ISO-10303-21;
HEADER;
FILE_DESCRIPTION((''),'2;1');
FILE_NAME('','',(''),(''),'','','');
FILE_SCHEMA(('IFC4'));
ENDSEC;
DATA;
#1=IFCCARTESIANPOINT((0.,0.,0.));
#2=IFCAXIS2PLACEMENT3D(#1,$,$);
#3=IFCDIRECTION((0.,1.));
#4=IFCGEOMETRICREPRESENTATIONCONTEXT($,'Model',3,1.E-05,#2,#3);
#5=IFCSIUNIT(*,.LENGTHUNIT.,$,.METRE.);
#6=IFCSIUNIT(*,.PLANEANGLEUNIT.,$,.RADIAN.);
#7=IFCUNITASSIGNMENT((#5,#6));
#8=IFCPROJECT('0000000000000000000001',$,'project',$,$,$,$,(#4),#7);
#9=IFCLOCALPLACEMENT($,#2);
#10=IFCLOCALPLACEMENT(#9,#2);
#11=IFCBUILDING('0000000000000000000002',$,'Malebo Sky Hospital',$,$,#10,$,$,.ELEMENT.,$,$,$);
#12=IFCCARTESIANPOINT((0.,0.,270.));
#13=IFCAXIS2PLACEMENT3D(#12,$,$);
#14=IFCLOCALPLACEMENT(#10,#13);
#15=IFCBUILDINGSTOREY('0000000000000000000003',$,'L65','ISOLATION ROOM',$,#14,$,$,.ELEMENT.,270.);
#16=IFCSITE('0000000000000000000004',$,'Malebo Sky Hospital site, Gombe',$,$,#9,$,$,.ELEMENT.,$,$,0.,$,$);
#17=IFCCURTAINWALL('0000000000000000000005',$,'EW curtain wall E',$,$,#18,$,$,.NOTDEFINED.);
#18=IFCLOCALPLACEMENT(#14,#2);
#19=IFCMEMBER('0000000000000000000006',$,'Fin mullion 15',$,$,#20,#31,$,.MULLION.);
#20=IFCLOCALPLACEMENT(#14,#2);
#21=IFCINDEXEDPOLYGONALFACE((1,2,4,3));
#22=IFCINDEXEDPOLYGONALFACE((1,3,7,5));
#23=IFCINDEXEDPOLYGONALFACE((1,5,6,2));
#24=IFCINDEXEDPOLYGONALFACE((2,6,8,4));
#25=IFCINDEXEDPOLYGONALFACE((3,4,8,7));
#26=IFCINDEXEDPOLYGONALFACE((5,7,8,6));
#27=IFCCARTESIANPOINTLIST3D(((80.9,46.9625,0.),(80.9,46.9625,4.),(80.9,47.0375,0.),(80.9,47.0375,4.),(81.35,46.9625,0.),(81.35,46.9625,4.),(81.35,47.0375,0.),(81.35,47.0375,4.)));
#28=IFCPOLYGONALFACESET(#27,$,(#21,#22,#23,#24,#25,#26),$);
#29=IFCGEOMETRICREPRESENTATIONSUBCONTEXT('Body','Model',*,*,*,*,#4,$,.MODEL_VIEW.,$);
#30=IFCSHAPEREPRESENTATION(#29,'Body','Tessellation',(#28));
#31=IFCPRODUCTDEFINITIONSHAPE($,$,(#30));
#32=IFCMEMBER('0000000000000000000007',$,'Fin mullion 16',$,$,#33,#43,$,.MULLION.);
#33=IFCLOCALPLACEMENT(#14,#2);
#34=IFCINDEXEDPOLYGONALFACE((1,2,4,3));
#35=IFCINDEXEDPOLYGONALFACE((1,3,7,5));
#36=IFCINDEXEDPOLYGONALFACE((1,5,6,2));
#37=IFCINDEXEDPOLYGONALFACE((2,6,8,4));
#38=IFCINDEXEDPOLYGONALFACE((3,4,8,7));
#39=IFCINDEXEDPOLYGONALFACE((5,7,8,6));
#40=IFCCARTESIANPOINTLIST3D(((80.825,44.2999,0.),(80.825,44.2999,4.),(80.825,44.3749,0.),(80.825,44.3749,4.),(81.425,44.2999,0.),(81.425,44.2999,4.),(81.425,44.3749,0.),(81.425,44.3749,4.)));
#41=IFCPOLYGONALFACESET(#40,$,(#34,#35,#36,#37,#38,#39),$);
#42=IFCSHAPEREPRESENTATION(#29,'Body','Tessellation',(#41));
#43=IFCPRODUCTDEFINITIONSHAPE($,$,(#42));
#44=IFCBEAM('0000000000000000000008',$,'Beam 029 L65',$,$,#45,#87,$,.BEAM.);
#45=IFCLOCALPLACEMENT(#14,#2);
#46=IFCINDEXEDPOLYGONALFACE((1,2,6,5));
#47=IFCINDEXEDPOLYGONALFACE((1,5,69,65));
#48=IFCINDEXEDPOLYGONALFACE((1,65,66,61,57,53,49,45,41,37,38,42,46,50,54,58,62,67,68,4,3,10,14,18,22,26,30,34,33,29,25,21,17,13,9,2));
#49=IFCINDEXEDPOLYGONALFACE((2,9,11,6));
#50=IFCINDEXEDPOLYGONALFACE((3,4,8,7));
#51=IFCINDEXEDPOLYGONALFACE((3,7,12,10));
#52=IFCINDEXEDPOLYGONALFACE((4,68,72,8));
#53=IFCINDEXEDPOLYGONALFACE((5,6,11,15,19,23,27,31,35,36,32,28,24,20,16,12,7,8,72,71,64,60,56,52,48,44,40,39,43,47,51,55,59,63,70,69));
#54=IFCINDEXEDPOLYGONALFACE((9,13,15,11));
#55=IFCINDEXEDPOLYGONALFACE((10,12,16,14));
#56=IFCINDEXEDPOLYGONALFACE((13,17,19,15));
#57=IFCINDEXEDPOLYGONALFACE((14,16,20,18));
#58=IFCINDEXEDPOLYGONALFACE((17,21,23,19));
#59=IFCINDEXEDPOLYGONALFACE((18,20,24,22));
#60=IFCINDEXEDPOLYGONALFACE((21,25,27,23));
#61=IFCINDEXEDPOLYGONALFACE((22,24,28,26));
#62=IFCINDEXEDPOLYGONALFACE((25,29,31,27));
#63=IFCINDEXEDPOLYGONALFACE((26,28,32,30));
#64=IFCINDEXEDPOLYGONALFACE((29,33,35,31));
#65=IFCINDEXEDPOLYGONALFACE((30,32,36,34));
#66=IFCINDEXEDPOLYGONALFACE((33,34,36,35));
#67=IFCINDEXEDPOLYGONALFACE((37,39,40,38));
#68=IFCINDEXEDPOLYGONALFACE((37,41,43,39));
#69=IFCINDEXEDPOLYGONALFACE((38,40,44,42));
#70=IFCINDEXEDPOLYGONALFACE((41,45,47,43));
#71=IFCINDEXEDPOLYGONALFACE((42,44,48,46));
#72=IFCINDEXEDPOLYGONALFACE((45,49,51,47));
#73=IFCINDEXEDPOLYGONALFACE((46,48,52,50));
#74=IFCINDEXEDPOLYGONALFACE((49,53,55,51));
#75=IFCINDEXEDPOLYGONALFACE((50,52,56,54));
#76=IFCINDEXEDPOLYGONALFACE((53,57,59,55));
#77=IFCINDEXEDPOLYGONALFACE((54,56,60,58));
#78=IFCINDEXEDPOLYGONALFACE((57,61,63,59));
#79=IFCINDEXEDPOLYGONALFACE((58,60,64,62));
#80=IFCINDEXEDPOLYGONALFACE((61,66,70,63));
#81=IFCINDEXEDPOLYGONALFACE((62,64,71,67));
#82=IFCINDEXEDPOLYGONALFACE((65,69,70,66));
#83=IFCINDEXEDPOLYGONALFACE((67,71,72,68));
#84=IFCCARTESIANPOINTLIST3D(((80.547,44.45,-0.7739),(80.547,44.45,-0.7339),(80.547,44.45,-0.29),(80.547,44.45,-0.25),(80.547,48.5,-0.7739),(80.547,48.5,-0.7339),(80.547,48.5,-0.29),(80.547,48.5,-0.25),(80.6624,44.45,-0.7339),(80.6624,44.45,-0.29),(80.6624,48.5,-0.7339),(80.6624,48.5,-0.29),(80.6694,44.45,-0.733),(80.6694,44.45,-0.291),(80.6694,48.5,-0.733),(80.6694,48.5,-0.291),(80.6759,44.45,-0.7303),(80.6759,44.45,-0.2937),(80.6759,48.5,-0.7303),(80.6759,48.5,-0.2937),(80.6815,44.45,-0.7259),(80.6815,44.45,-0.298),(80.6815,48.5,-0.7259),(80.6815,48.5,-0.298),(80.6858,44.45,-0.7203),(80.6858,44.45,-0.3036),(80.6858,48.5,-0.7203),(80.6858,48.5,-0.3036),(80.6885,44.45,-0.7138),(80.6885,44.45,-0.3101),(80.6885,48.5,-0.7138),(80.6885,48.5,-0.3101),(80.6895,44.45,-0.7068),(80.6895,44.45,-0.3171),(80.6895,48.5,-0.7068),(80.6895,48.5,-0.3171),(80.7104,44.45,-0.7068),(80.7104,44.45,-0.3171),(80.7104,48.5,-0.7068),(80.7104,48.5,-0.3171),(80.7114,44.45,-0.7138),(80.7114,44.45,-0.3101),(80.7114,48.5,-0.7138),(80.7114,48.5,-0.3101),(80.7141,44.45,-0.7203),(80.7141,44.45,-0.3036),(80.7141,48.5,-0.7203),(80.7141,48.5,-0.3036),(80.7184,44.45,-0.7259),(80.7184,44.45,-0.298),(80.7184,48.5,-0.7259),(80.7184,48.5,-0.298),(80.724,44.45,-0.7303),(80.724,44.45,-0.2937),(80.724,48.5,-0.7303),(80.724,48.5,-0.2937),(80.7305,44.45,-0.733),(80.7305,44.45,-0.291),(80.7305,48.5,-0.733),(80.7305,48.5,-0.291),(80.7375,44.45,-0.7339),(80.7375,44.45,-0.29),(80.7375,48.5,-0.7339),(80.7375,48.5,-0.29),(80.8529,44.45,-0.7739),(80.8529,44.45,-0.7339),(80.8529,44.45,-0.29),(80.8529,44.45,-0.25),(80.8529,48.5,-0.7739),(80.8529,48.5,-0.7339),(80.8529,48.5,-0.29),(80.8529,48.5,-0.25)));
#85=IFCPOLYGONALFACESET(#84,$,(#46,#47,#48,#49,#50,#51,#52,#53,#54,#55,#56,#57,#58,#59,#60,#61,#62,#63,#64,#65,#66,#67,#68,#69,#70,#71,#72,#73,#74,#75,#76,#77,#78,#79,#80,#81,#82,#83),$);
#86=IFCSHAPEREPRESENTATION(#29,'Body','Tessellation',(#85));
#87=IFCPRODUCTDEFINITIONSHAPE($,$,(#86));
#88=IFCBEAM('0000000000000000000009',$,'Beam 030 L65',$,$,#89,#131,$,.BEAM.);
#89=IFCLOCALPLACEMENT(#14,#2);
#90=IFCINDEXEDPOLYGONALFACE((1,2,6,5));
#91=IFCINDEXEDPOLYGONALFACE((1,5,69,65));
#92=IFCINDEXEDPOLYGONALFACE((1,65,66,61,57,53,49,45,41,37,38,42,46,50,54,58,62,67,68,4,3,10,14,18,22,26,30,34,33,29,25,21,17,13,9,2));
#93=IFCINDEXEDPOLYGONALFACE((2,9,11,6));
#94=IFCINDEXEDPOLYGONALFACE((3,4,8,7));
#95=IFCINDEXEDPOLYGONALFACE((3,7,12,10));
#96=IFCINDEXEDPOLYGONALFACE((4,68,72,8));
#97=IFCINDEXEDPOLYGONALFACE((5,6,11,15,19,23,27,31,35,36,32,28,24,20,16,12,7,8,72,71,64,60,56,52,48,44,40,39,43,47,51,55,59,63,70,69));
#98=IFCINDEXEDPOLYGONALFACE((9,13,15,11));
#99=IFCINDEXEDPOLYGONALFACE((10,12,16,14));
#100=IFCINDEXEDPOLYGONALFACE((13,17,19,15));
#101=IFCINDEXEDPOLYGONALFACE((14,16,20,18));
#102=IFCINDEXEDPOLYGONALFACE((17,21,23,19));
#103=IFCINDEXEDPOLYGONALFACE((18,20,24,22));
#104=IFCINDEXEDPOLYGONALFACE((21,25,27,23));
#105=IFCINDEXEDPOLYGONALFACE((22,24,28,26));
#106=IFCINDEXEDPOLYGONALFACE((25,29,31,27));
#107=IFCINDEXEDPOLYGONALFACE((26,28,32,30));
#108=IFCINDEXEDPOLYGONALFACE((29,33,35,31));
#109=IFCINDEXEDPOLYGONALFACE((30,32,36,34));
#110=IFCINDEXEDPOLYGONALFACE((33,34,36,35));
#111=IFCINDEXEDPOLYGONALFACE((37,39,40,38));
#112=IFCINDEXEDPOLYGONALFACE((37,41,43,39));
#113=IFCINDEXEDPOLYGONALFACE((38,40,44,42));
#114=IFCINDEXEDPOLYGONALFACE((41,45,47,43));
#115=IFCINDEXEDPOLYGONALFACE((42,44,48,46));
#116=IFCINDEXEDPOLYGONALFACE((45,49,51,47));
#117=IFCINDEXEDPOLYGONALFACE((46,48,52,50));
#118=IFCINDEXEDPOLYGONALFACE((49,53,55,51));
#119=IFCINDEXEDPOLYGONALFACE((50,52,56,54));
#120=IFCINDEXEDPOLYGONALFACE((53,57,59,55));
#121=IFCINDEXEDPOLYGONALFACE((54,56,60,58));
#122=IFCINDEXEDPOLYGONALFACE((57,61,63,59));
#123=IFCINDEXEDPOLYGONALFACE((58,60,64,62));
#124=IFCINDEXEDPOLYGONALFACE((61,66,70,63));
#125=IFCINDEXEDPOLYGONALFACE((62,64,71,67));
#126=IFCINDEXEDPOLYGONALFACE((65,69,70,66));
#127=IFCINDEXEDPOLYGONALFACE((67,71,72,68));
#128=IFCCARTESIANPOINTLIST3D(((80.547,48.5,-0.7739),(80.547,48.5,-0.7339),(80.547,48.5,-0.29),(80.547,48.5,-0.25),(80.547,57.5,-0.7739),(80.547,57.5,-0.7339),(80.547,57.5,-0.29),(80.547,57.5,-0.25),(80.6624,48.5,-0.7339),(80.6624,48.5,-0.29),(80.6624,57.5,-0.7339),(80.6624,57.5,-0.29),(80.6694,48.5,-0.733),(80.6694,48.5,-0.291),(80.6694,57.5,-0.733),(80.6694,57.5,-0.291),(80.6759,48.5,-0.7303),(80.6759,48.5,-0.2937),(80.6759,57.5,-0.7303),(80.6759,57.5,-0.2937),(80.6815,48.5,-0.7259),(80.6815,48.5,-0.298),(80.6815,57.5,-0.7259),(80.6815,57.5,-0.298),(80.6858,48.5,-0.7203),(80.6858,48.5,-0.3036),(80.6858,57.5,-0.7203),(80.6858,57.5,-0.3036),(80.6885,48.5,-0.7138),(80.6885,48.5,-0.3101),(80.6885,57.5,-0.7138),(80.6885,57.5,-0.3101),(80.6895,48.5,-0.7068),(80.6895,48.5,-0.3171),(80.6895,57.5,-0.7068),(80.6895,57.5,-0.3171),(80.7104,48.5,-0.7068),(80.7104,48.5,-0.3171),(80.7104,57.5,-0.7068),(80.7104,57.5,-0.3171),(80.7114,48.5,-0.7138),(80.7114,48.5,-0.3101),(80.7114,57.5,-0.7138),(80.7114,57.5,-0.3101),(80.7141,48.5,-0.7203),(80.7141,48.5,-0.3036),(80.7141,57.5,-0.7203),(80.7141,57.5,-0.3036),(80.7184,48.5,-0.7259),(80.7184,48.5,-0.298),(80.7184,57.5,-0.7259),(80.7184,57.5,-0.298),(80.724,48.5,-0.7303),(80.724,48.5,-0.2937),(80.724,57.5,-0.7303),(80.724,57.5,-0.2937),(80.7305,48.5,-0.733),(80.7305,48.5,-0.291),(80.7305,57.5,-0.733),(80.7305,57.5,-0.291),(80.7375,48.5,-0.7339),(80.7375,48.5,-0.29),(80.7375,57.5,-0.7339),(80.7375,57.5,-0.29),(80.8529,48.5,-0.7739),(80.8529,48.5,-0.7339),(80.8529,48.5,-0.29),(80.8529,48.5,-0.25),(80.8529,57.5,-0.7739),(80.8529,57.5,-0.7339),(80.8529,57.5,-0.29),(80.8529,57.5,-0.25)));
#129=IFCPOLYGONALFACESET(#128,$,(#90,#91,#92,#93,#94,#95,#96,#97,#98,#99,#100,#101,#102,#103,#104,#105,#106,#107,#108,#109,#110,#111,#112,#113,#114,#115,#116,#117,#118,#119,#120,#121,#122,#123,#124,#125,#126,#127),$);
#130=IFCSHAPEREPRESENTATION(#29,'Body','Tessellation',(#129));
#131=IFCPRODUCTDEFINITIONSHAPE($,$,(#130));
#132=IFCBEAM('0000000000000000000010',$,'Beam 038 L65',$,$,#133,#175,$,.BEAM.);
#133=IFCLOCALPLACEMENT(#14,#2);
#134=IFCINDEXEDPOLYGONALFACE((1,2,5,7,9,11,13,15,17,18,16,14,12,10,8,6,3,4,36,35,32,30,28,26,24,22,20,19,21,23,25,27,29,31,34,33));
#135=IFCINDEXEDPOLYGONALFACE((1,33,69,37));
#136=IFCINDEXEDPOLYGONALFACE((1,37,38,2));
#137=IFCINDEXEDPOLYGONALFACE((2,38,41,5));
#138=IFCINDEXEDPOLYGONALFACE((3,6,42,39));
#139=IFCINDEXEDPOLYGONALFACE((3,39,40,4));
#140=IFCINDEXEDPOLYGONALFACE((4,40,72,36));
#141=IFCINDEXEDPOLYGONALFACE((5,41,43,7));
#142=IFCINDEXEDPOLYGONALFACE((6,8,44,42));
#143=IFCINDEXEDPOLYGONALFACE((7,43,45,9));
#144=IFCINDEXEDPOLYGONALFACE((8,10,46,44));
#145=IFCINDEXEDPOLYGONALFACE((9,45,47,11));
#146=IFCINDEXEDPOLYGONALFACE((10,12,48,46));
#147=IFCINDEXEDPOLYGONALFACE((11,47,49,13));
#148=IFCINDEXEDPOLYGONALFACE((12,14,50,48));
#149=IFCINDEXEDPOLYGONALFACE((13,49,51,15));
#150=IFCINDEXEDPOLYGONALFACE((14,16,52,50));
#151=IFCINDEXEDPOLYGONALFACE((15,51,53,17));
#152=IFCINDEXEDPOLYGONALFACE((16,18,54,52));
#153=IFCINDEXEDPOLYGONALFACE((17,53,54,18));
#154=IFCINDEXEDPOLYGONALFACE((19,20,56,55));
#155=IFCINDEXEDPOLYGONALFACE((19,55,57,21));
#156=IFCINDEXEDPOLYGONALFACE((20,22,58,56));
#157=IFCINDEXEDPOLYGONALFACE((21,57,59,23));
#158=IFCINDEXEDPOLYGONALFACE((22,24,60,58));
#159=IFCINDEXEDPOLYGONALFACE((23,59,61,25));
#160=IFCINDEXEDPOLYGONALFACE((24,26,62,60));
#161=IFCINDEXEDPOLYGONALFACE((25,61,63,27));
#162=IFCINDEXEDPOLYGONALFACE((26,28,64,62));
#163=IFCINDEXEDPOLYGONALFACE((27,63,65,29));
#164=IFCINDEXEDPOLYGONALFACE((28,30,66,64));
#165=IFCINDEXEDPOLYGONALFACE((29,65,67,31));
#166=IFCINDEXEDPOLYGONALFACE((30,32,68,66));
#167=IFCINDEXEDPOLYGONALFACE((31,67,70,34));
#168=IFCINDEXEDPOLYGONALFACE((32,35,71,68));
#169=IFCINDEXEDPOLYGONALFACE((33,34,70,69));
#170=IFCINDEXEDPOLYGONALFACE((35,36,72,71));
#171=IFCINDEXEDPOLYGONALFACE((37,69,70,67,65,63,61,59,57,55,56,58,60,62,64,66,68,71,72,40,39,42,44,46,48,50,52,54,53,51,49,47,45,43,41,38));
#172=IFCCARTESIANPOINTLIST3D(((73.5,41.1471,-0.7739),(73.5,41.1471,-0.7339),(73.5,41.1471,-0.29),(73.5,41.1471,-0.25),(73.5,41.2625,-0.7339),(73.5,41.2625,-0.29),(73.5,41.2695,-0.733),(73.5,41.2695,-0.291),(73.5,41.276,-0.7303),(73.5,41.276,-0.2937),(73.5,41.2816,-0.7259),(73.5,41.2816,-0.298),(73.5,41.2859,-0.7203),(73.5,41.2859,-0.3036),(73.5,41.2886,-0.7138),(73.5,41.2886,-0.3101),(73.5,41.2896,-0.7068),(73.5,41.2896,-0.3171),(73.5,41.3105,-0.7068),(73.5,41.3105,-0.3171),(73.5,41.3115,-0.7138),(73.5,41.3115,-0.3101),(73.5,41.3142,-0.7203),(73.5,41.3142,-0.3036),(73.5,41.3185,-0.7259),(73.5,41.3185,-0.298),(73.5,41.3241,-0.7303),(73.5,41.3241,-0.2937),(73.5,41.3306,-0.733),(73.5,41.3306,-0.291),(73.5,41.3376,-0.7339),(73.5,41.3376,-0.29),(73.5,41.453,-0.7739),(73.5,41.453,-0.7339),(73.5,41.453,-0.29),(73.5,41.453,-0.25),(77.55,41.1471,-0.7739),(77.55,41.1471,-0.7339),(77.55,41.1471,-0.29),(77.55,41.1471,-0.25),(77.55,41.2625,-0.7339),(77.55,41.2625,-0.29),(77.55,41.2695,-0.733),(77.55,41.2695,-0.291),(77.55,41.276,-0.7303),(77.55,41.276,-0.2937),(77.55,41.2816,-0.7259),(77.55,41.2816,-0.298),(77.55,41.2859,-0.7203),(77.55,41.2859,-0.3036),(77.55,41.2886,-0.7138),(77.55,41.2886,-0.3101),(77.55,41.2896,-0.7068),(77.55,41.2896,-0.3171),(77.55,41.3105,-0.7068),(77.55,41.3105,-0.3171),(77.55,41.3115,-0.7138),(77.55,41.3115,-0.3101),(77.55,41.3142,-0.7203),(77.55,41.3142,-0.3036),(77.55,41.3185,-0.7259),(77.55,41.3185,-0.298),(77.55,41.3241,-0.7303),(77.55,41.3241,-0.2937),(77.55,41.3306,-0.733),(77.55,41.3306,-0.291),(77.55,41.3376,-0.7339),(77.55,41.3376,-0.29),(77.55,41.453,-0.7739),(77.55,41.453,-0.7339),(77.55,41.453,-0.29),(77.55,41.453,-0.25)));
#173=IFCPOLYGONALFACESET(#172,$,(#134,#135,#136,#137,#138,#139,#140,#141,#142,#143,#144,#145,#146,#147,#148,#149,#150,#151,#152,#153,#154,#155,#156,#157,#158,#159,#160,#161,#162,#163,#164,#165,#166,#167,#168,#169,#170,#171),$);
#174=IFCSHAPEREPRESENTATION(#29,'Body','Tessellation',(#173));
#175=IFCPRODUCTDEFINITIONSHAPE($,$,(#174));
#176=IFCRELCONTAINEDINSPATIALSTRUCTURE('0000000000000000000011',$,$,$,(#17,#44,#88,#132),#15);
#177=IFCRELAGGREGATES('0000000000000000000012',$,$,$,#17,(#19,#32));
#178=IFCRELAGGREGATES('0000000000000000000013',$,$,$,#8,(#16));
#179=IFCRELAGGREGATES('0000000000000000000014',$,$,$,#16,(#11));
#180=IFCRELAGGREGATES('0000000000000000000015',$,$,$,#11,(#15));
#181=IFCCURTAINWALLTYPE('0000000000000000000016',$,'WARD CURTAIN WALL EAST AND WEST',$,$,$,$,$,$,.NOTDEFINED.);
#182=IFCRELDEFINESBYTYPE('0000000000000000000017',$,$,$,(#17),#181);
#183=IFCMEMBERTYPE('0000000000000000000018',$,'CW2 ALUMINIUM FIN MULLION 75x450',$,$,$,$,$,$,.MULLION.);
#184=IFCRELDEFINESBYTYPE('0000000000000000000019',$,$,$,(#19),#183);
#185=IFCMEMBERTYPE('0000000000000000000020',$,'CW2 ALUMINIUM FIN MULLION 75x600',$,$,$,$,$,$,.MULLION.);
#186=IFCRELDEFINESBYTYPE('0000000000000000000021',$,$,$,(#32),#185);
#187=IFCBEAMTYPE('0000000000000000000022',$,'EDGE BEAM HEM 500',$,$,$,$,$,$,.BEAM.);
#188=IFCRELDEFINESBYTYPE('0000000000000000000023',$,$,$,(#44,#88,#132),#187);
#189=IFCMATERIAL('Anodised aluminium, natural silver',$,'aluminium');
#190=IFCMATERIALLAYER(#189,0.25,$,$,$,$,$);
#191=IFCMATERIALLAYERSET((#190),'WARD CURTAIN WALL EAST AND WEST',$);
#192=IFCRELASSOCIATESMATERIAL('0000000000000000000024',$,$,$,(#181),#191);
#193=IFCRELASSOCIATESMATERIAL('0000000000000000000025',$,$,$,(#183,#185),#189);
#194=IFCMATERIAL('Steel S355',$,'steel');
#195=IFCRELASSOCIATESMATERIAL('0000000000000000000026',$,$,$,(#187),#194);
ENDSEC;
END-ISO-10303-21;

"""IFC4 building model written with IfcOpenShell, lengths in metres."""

from ifc_helpers import new_model, si_unit, direction, frame, origin, origin_2d, place, context, subcontext, project, spatial, rectangle, i_section, extrude, material, layer, layer_set, material_profile, profile_set, type_object, element, aggregate, save


model = new_model("IFC4")

# Units and contexts
model_context = context("Model", 3, precision=1e-05, world=origin(), true_north=direction((0.0, 1.0)))
body_context = subcontext(model_context, "Body", "Model", "MODEL_VIEW")
ifc_project = project(units=[si_unit("LENGTHUNIT", "METRE"), si_unit("PLANEANGLEUNIT", "RADIAN")], contexts=[model_context])

# Site, building, storey
site_placement = place(None, origin())
site = spatial("IfcSite", under=ifc_project, at=site_placement, Name="Malebo Sky Hospital site, Gombe", CompositionType="ELEMENT", RefElevation=0.0)
building_placement = place(site_placement, origin())
building = spatial("IfcBuilding", under=site, at=building_placement, Name="Malebo Sky Hospital", CompositionType="ELEMENT")
storey_placement = place(building_placement, frame((0.0, 0.0, 270.0)))
storey = spatial("IfcBuildingStorey", under=building, at=storey_placement, Name="L65", Description="ISOLATION ROOM", CompositionType="ELEMENT", Elevation=270.0)

# Curtain wall
ifc_material_1 = material(Name="Anodised aluminium, natural silver", Category="aluminium")
ifc_layer_1 = layer(ifc_material_1, 0.25)
ifc_layer_set_1 = layer_set([ifc_layer_1], Name="WARD CURTAIN WALL EAST AND WEST")
curtain_wall_type_1 = type_object("IfcCurtainWallType", Name="WARD CURTAIN WALL EAST AND WEST", PredefinedType="NOTDEFINED", material=ifc_layer_set_1)
curtain_wall_1_placement = place(storey_placement, origin())
curtain_wall_1 = element("IfcCurtainWall", 1, at=curtain_wall_1_placement, inside=storey, type_object=curtain_wall_type_1, Name="EW curtain wall E", PredefinedType="NOTDEFINED")

# Members
ifc_material_profile_1 = material_profile(ifc_material_1, rectangle(XDim=0.075, YDim=0.45, at=origin_2d()), Name="CW2 ALUMINIUM FIN MULLION 75x450")
ifc_profile_set_1 = profile_set([ifc_material_profile_1], Name="Anodised aluminium, natural silver")
member_type_1 = type_object("IfcMemberType", Name="CW2 ALUMINIUM FIN MULLION 75x450", PredefinedType="MULLION", material=ifc_profile_set_1)
member_1_placement = place(storey_placement, frame((81.125, 47.0, 0.0), z_axis=(0.0, 0.0, 1.0), x_axis=(0.0, -1.0, 0.0)))
member_1 = element("IfcMember", 2, at=member_1_placement, type_object=member_type_1, Name="Fin mullion 15", PredefinedType="MULLION", context=body_context, shape_type="SweptSolid", body=[
    extrude(rectangle(XDim=0.075, YDim=0.45, at=origin_2d()), origin(), (0.0, 0.0, 1.0), 4.0),
])
ifc_material_profile_2 = material_profile(ifc_material_1, rectangle(XDim=0.075, YDim=0.6001, at=origin_2d()), Name="CW2 ALUMINIUM FIN MULLION 75x600")
ifc_profile_set_2 = profile_set([ifc_material_profile_2], Name="Anodised aluminium, natural silver")
member_type_2 = type_object("IfcMemberType", Name="CW2 ALUMINIUM FIN MULLION 75x600", PredefinedType="MULLION", material=ifc_profile_set_2)
member_2_placement = place(storey_placement, frame((81.125, 44.3374, 0.0), z_axis=(0.0, 0.0, 1.0), x_axis=(0.0, -1.0, 0.0)))
member_2 = element("IfcMember", 3, at=member_2_placement, type_object=member_type_2, Name="Fin mullion 16", PredefinedType="MULLION", context=body_context, shape_type="SweptSolid", body=[
    extrude(rectangle(XDim=0.075, YDim=0.6001, at=origin_2d()), origin(), (0.0, 0.0, 1.0), 4.0),
])

# Beams
ifc_material_2 = material(Name="Steel S355", Category="steel")
ifc_material_profile_3 = material_profile(ifc_material_2, i_section(OverallWidth=0.3059, OverallDepth=0.5239, WebThickness=0.021, FlangeThickness=0.04, FilletRadius=0.0271, at=origin_2d()), Name="HEM 500")
ifc_profile_set_3 = profile_set([ifc_material_profile_3], Name="Steel S355")
beam_type_1 = type_object("IfcBeamType", Name="EDGE BEAM HEM 500", PredefinedType="BEAM", material=ifc_profile_set_3)
beam_1_placement = place(storey_placement, frame((80.7, 44.45, -0.512), z_axis=(0.0, 1.0, 0.0), x_axis=(-1.0, 0.0, 0.0)))
element("IfcBeam", 4, at=beam_1_placement, inside=storey, type_object=beam_type_1, Name="Beam 029 L65", PredefinedType="BEAM", context=body_context, shape_type="SweptSolid", body=[
    extrude(i_section(OverallWidth=0.3059, OverallDepth=0.5239, WebThickness=0.021, FlangeThickness=0.04, FilletRadius=0.0271, at=origin_2d()), origin(), (0.0, 0.0, 1.0), 4.05),
])
beam_2_placement = place(storey_placement, frame((80.7, 48.5, -0.512), z_axis=(0.0, 1.0, 0.0), x_axis=(-1.0, 0.0, 0.0)))
element("IfcBeam", 5, at=beam_2_placement, inside=storey, type_object=beam_type_1, Name="Beam 030 L65", PredefinedType="BEAM", context=body_context, shape_type="SweptSolid", body=[
    extrude(i_section(OverallWidth=0.3059, OverallDepth=0.5239, WebThickness=0.021, FlangeThickness=0.04, FilletRadius=0.0271, at=origin_2d()), origin(), (0.0, 0.0, 1.0), 9.0),
])
beam_3_placement = place(storey_placement, frame((73.5, 41.3, -0.512), z_axis=(1.0, 0.0, 0.0), x_axis=(0.0, 1.0, 0.0)))
element("IfcBeam", 6, at=beam_3_placement, inside=storey, type_object=beam_type_1, Name="Beam 038 L65", PredefinedType="BEAM", context=body_context, shape_type="SweptSolid", body=[
    extrude(i_section(OverallWidth=0.3059, OverallDepth=0.5239, WebThickness=0.021, FlangeThickness=0.04, FilletRadius=0.0271, at=origin_2d()), origin(), (0.0, 0.0, 1.0), 4.05),
])

aggregate(curtain_wall_1, [member_1, member_2])

save(model, "model.ifc")
